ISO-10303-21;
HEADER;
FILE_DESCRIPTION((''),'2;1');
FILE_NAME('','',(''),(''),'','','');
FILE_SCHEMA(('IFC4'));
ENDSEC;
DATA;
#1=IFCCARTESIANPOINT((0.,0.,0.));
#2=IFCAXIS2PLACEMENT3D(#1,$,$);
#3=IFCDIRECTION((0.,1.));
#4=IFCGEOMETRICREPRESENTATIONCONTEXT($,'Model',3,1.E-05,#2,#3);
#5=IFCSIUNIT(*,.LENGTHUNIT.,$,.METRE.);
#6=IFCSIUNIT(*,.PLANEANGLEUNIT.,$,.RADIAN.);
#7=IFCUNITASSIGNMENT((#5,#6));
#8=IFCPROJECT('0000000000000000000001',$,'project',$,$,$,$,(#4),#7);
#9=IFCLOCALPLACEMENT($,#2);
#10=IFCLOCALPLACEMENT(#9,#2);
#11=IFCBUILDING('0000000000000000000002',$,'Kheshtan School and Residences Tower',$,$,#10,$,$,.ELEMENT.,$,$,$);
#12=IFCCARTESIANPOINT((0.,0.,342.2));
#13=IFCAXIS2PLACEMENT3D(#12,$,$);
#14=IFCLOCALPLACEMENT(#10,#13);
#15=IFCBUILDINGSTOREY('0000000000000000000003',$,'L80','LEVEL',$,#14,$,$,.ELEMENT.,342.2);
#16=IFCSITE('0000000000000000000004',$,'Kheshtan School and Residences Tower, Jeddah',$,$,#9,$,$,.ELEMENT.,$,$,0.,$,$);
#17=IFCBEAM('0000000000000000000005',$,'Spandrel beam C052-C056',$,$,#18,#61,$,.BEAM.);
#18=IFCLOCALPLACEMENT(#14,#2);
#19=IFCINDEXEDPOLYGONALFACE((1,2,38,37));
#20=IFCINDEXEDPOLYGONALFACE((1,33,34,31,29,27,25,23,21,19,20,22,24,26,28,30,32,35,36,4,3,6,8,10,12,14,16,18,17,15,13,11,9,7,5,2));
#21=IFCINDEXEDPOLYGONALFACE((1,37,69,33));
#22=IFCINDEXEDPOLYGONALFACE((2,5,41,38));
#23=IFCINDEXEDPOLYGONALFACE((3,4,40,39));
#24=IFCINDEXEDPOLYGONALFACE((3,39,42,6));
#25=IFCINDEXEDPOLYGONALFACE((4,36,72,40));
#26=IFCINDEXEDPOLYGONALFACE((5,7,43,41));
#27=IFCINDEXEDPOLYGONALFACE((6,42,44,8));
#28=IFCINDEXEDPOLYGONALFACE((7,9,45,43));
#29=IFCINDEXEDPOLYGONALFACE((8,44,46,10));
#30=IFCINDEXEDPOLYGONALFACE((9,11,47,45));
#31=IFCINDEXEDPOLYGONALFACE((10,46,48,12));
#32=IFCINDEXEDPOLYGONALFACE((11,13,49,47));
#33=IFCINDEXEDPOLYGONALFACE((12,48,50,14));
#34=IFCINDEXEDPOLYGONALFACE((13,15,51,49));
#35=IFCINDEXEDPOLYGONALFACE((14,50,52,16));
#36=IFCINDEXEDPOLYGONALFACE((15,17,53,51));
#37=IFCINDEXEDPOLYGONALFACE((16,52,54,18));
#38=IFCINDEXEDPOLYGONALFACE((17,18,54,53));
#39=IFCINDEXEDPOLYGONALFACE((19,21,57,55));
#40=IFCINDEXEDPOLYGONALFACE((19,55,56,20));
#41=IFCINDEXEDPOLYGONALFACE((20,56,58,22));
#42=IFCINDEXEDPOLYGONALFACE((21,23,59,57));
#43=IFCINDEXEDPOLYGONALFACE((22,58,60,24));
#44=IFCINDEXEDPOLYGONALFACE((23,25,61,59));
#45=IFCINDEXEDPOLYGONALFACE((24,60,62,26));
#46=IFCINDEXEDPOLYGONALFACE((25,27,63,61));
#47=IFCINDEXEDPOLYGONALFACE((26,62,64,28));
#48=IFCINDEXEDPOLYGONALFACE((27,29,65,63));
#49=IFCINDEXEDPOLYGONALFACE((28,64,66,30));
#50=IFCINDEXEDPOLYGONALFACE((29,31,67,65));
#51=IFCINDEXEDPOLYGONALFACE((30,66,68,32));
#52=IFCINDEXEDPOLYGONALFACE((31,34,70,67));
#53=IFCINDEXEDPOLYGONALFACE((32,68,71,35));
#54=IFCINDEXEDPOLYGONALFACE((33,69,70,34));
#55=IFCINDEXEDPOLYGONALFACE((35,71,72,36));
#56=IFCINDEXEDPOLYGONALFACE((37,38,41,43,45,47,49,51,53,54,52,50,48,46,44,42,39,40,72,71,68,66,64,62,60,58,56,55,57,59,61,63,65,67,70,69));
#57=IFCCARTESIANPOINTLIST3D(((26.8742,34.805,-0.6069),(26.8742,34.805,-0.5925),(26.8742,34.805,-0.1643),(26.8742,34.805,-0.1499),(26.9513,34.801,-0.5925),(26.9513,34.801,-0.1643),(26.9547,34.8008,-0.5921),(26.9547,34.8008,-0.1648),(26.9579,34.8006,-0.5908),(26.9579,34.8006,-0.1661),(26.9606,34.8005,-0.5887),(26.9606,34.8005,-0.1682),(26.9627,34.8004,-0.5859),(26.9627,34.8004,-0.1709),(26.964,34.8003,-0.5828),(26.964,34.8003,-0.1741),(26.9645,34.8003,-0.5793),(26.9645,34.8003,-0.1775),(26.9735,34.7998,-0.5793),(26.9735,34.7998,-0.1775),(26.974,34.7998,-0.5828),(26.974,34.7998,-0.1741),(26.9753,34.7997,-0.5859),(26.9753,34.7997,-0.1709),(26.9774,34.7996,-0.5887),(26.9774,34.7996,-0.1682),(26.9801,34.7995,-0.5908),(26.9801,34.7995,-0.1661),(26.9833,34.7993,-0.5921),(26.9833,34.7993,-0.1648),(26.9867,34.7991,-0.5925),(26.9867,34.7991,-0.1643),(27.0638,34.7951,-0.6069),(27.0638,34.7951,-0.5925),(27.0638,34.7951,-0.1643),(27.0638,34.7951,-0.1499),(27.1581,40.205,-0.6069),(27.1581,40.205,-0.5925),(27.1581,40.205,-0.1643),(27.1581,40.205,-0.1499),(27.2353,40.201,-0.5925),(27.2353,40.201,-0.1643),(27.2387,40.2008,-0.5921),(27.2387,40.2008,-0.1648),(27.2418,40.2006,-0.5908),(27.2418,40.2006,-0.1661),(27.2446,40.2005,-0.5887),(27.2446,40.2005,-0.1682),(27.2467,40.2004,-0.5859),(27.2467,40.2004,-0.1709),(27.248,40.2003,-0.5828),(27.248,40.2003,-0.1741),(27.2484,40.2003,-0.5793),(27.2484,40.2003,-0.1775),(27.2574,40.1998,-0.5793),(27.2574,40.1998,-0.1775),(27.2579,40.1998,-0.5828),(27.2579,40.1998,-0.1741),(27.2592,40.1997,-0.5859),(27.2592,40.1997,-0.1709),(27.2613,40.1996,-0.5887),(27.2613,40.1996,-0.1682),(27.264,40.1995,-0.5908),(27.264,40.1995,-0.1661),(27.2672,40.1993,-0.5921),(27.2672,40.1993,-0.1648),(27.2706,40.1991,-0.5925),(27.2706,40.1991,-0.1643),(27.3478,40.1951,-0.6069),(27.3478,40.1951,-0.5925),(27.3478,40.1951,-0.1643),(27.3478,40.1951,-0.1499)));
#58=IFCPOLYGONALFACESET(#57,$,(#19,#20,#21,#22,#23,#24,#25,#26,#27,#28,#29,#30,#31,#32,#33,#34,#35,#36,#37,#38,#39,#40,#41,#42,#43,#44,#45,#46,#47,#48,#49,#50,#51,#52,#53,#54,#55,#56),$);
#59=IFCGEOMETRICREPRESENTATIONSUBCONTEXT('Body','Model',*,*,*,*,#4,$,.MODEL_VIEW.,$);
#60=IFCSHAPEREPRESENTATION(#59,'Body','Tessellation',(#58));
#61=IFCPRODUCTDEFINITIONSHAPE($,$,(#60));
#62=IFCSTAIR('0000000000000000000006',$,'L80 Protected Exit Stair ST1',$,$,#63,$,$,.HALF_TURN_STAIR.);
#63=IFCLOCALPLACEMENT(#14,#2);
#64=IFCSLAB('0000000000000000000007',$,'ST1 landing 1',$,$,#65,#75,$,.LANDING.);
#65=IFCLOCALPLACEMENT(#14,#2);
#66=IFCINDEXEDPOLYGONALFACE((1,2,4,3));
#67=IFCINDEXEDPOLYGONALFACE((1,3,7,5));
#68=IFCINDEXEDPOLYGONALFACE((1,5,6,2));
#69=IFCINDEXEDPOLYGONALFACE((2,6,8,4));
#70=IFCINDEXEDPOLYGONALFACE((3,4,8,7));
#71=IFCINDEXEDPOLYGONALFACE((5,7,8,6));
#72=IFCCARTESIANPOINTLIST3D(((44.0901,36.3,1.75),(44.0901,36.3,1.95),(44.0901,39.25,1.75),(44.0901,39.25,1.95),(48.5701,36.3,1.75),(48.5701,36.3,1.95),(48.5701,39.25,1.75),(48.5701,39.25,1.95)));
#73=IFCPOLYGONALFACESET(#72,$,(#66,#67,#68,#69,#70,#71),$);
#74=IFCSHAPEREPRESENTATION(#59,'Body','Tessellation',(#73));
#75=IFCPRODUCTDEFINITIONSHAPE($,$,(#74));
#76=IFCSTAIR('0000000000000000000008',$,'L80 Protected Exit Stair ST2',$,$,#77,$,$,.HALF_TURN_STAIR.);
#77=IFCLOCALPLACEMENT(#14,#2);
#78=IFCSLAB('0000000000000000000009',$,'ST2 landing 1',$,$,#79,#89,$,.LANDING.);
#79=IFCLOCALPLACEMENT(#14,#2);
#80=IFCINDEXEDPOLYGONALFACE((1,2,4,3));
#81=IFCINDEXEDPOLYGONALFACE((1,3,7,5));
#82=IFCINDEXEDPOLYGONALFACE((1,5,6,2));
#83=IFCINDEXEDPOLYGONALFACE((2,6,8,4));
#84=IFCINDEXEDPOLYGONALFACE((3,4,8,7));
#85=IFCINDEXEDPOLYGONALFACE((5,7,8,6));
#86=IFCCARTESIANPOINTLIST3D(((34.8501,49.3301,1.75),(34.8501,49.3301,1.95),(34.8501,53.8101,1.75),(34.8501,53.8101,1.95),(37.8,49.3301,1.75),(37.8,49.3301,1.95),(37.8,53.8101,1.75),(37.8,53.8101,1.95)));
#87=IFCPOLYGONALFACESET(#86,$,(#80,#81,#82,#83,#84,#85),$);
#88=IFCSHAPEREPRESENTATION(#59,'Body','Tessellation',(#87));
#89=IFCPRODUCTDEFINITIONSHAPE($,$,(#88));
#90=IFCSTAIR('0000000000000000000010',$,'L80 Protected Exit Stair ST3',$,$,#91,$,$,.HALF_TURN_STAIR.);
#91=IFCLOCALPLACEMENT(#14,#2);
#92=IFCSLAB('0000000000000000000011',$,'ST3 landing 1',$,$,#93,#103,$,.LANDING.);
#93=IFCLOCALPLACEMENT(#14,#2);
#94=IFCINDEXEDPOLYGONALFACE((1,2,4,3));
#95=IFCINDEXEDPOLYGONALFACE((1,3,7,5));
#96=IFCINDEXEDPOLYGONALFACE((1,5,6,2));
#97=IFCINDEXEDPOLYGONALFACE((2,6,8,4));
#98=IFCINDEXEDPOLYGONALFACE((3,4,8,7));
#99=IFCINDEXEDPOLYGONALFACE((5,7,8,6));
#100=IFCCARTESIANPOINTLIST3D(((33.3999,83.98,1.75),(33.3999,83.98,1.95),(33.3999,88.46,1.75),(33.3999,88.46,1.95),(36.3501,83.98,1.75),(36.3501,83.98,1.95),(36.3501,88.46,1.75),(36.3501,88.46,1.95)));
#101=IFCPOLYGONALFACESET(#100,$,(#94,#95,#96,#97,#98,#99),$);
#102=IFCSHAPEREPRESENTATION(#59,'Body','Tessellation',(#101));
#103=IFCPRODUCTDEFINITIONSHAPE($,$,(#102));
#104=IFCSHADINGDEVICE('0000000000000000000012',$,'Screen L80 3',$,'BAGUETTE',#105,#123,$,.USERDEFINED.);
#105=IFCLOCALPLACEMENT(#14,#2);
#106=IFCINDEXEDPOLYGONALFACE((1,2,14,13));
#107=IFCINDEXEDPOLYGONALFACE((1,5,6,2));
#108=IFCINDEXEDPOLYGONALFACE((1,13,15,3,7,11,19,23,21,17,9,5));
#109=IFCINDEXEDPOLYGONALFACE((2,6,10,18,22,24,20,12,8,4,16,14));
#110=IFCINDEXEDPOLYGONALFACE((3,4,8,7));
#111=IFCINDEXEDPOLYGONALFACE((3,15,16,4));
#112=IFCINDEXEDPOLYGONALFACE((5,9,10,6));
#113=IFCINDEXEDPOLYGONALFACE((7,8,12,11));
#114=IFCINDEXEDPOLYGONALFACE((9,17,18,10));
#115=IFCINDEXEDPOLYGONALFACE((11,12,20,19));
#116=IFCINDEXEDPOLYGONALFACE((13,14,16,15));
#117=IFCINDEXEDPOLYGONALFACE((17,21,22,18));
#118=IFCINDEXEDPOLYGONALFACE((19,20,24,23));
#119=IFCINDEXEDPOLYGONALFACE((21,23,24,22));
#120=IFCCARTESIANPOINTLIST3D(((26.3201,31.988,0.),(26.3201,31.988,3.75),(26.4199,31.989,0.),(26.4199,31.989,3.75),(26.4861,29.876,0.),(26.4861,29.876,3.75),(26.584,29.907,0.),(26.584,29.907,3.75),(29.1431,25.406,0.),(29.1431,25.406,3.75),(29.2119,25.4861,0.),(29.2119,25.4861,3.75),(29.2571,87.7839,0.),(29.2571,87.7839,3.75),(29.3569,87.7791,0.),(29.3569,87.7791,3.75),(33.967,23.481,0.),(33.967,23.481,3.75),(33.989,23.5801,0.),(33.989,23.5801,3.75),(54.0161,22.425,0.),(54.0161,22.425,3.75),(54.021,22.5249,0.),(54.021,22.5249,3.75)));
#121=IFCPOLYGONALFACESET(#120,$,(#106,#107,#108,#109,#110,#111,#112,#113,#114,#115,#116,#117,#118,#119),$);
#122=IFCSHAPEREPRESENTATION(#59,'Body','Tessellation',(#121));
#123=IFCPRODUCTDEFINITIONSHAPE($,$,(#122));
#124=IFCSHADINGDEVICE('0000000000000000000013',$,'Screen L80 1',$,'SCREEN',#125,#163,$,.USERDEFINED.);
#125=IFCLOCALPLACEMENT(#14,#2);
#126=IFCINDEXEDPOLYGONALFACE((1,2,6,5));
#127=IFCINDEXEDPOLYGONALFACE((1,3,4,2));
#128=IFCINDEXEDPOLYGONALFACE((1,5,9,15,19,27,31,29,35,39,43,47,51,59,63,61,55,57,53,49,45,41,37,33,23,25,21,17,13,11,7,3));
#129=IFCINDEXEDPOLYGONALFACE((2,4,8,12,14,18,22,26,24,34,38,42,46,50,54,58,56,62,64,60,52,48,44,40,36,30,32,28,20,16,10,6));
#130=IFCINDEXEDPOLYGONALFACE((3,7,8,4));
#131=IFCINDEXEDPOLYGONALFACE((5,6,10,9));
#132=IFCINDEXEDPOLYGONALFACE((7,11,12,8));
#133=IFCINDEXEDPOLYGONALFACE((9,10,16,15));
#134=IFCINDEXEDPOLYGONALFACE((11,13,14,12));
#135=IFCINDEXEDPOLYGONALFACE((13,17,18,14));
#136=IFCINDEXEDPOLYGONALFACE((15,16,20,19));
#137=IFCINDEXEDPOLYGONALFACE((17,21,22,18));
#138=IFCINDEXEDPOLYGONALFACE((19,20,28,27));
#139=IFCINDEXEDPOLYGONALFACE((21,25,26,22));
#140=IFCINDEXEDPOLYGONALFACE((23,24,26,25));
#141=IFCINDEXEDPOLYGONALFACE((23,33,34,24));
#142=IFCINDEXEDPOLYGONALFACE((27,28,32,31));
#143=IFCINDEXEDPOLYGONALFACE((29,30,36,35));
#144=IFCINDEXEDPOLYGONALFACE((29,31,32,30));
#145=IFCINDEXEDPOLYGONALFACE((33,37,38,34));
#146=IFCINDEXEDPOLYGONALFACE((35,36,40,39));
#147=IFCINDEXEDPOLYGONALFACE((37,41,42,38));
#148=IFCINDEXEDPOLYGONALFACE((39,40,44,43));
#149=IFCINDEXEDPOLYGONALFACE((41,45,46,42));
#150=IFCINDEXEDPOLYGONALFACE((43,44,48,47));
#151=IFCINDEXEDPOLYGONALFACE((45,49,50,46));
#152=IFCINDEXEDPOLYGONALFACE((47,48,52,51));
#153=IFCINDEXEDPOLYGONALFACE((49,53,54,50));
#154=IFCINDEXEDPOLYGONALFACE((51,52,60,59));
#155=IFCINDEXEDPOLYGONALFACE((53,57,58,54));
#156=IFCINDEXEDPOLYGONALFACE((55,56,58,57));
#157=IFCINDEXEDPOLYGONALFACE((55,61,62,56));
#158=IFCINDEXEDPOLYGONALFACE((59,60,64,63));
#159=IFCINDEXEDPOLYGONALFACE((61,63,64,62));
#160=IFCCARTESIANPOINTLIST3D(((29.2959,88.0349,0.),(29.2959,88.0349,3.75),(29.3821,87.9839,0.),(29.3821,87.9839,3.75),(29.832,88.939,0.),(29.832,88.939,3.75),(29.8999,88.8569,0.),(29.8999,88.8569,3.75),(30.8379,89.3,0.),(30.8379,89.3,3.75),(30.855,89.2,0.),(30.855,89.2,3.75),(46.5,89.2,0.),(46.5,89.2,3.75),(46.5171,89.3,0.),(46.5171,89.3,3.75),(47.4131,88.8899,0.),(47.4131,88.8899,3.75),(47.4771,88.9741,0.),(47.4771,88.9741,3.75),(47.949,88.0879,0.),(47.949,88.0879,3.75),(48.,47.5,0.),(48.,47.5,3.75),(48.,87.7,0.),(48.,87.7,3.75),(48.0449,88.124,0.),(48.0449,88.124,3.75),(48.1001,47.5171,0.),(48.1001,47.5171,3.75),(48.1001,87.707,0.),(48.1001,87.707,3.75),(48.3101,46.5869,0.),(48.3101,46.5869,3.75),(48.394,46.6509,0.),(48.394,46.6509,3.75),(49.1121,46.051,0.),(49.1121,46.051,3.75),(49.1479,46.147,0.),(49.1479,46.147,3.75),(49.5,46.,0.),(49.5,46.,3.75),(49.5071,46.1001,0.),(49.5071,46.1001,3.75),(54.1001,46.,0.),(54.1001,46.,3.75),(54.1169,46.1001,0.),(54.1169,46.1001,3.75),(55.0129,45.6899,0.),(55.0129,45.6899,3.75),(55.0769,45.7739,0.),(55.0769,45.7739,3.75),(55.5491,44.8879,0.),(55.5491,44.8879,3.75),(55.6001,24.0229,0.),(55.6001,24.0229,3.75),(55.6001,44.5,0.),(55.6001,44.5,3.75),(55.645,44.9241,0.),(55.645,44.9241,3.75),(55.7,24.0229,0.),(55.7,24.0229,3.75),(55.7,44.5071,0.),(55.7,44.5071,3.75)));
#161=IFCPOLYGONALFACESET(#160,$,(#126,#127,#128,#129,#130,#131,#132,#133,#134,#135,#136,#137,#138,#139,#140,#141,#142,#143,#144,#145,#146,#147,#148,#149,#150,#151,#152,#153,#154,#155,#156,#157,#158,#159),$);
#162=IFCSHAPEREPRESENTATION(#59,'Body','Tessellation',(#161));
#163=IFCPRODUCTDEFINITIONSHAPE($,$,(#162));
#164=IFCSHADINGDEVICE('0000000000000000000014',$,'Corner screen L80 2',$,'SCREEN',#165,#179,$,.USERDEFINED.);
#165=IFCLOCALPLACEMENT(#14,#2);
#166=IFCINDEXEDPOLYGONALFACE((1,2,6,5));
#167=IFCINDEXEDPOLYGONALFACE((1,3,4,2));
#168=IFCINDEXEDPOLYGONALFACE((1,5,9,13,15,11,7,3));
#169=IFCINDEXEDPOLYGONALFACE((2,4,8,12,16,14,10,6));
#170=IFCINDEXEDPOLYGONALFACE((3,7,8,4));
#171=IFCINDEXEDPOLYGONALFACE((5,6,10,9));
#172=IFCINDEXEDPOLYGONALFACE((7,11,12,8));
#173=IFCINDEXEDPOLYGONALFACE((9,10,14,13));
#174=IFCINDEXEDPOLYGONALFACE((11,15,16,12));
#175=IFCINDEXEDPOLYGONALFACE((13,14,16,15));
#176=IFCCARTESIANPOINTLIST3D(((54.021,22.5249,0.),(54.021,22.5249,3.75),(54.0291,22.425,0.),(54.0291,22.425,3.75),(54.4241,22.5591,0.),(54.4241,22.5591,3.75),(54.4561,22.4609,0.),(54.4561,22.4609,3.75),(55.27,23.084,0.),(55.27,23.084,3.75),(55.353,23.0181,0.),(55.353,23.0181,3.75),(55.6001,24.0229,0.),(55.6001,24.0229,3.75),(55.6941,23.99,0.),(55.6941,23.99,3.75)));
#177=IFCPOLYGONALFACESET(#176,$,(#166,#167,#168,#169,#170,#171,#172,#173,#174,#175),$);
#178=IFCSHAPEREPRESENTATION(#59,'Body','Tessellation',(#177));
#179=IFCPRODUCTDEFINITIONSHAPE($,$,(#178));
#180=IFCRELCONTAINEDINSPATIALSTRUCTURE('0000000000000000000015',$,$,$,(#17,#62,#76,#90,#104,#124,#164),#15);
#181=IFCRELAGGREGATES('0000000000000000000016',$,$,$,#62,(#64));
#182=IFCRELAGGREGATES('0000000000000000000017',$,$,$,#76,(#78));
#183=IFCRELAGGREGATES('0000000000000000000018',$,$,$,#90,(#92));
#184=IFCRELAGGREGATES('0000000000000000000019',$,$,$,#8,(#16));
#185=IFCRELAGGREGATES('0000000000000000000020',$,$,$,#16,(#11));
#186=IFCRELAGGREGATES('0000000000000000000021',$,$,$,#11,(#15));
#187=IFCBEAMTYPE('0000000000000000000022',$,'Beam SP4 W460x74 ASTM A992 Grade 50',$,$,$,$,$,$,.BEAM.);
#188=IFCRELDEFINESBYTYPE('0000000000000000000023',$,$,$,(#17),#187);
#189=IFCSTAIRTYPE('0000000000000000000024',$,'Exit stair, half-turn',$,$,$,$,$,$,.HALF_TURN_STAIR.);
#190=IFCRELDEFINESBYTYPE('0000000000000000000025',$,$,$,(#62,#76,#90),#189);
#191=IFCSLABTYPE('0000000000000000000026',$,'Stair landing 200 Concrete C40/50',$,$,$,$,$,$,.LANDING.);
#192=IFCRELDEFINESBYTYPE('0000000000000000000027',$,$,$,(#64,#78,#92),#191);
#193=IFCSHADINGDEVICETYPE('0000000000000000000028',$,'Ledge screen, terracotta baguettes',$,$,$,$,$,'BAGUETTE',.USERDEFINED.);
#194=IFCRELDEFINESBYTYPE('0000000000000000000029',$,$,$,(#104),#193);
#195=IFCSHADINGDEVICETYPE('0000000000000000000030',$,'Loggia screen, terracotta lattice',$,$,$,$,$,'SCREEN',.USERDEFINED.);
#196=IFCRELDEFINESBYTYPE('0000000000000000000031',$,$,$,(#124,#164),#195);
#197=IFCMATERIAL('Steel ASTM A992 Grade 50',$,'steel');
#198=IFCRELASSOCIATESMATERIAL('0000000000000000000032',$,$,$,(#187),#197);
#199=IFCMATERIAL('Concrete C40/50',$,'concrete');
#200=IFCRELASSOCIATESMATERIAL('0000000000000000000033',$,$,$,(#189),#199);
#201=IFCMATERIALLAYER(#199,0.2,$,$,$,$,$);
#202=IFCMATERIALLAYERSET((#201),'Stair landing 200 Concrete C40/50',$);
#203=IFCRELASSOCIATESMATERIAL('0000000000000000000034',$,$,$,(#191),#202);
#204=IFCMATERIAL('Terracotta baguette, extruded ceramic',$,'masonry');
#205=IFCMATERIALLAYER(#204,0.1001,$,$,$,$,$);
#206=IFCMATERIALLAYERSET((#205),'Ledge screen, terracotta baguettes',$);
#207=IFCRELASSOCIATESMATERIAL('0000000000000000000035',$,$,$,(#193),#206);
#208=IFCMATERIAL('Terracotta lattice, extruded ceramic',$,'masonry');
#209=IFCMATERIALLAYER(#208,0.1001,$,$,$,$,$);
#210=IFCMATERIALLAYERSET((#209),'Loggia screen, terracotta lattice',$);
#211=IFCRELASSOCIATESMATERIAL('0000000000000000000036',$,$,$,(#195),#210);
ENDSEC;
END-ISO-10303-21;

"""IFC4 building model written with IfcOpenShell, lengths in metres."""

from ifc_helpers import new_model, si_unit, direction, frame, origin, origin_2d, place, context, subcontext, project, spatial, polyline, i_section, outline, extrude, material, layer, layer_set, material_profile, profile_set, type_object, element, aggregate, save


model = new_model("IFC4")

# Units and contexts
model_context = context("Model", 3, precision=1e-05, world=origin(), true_north=direction((0.0, 1.0)))
body_context = subcontext(model_context, "Body", "Model", "MODEL_VIEW")
ifc_project = project(units=[si_unit("LENGTHUNIT", "METRE"), si_unit("PLANEANGLEUNIT", "RADIAN")], contexts=[model_context])

# Site, building, storey
site_placement = place(None, origin())
site = spatial("IfcSite", under=ifc_project, at=site_placement, Name="Kheshtan School and Residences Tower, Jeddah", CompositionType="ELEMENT", RefElevation=0.0)
building_placement = place(site_placement, origin())
building = spatial("IfcBuilding", under=site, at=building_placement, Name="Kheshtan School and Residences Tower", CompositionType="ELEMENT")
storey_placement = place(building_placement, frame((0.0, 0.0, 342.2)))
storey = spatial("IfcBuildingStorey", under=building, at=storey_placement, Name="L80", Description="LEVEL", CompositionType="ELEMENT", Elevation=342.2)

# Shared definitions
ifc_material_1 = material(Name="Steel ASTM A992 Grade 50", Category="steel")

# Beam
ifc_material_profile_1 = material_profile(ifc_material_1, i_section(OverallWidth=0.1899, OverallDepth=0.457, WebThickness=0.009, FlangeThickness=0.0144, FilletRadius=0.0132, at=origin_2d()), Name="W460x74")
ifc_profile_set_1 = profile_set([ifc_material_profile_1], Name="Steel ASTM A992 Grade 50")
beam_type_1 = type_object("IfcBeamType", Name="Beam SP4 W460x74 ASTM A992 Grade 50", PredefinedType="BEAM", material=ifc_profile_set_1)
beam_1_placement = place(storey_placement, frame((26.969, 34.8, -0.3784), z_axis=(0.052509, 0.99862, 0.0), x_axis=(-0.99862, 0.052509, 0.0)))
element("IfcBeam", 1, at=beam_1_placement, inside=storey, type_object=beam_type_1, Name="Spandrel beam C052-C056", PredefinedType="BEAM", context=body_context, shape_type="SweptSolid", body=[
    extrude(i_section(OverallWidth=0.1899, OverallDepth=0.457, WebThickness=0.009, FlangeThickness=0.0144, FilletRadius=0.0132, at=origin_2d()), origin(), (0.0, 0.0, 1.0), 5.4075),
])

# Shared definitions
ifc_material_2 = material(Name="Concrete C40/50", Category="concrete")

# Stairs, slabs
stair_type = type_object("IfcStairType", Name="Exit stair, half-turn", PredefinedType="HALF_TURN_STAIR", material=ifc_material_2)
stair_1_placement = place(storey_placement, origin())
stair_1 = element("IfcStair", 2, at=stair_1_placement, inside=storey, type_object=stair_type, Name="L80 Protected Exit Stair ST1", PredefinedType="HALF_TURN_STAIR")
ifc_layer_1 = layer(ifc_material_2, 0.2)
ifc_layer_set_1 = layer_set([ifc_layer_1], Name="Stair landing 200 Concrete C40/50")
slab_type_1 = type_object("IfcSlabType", Name="Stair landing 200 Concrete C40/50", PredefinedType="LANDING", material=ifc_layer_set_1)
slab_1_placement = place(storey_placement, frame((0.0, 0.0, 1.75)))
slab_1 = element("IfcSlab", 3, at=slab_1_placement, type_object=slab_type_1, Name="ST1 landing 1", PredefinedType="LANDING", context=body_context, shape_type="SweptSolid", body=[
    extrude(outline(polyline([(48.5701, 39.25), (44.0901, 39.25), (44.0901, 36.3), (48.5701, 36.3), (48.5701, 39.25)])), origin(), (0.0, 0.0, 1.0), 0.2),
])
aggregate(stair_1, [slab_1])
stair_2_placement = place(storey_placement, origin())
stair_2 = element("IfcStair", 4, at=stair_2_placement, inside=storey, type_object=stair_type, Name="L80 Protected Exit Stair ST2", PredefinedType="HALF_TURN_STAIR")
slab_2_placement = place(storey_placement, frame((0.0, 0.0, 1.75)))
slab_2 = element("IfcSlab", 5, at=slab_2_placement, type_object=slab_type_1, Name="ST2 landing 1", PredefinedType="LANDING", context=body_context, shape_type="SweptSolid", body=[
    extrude(outline(polyline([(37.8, 49.3301), (37.8, 53.8101), (34.8501, 53.8101), (34.8501, 49.3301), (37.8, 49.3301)])), origin(), (0.0, 0.0, 1.0), 0.2),
])
aggregate(stair_2, [slab_2])
stair_3_placement = place(storey_placement, origin())
stair_3 = element("IfcStair", 6, at=stair_3_placement, inside=storey, type_object=stair_type, Name="L80 Protected Exit Stair ST3", PredefinedType="HALF_TURN_STAIR")
slab_3_placement = place(storey_placement, frame((0.0, 0.0, 1.75)))
slab_3 = element("IfcSlab", 7, at=slab_3_placement, type_object=slab_type_1, Name="ST3 landing 1", PredefinedType="LANDING", context=body_context, shape_type="SweptSolid", body=[
    extrude(outline(polyline([(36.3501, 83.98), (36.3501, 88.46), (33.3999, 88.46), (33.3999, 83.98), (36.3501, 83.98)])), origin(), (0.0, 0.0, 1.0), 0.2),
])
aggregate(stair_3, [slab_3])

# Shading devices
ifc_material_3 = material(Name="Terracotta baguette, extruded ceramic", Category="masonry")
ifc_layer_2 = layer(ifc_material_3, 0.1001)
ifc_layer_set_2 = layer_set([ifc_layer_2], Name="Ledge screen, terracotta baguettes")
shading_device_type_1 = type_object("IfcShadingDeviceType", Name="Ledge screen, terracotta baguettes", ElementType="BAGUETTE", PredefinedType="USERDEFINED", material=ifc_layer_set_2)
shading_device_1_placement = place(storey_placement, origin())
element("IfcShadingDevice", 8, at=shading_device_1_placement, inside=storey, type_object=shading_device_type_1, Name="Screen L80 3", ObjectType="BAGUETTE", PredefinedType="USERDEFINED", context=body_context, shape_type="SweptSolid", body=[
    extrude(outline(polyline([(54.021, 22.5249), (33.989, 23.5801), (29.2119, 25.4861), (26.584, 29.907), (26.4199, 31.989), (29.3569, 87.7791), (29.2571, 87.7839), (26.3201, 31.988), (26.4861, 29.876), (29.1431, 25.406), (33.967, 23.481), (54.0161, 22.425), (54.021, 22.5249)])), origin(), (0.0, 0.0, 1.0), 3.75),
])
ifc_material_4 = material(Name="Terracotta lattice, extruded ceramic", Category="masonry")
ifc_layer_3 = layer(ifc_material_4, 0.1001)
ifc_layer_set_3 = layer_set([ifc_layer_3], Name="Loggia screen, terracotta lattice")
shading_device_type_2 = type_object("IfcShadingDeviceType", Name="Loggia screen, terracotta lattice", ElementType="SCREEN", PredefinedType="USERDEFINED", material=ifc_layer_set_3)
shading_device_2_placement = place(storey_placement, origin())
element("IfcShadingDevice", 9, at=shading_device_2_placement, inside=storey, type_object=shading_device_type_2, Name="Screen L80 1", ObjectType="SCREEN", PredefinedType="USERDEFINED", context=body_context, shape_type="SweptSolid", body=[
    extrude(outline(polyline([(29.3821, 87.9839), (29.8999, 88.8569), (30.855, 89.2), (46.5, 89.2), (47.4131, 88.8899), (47.949, 88.0879), (48.0, 87.7), (48.0, 47.5), (48.3101, 46.5869), (49.1121, 46.051), (49.5, 46.0), (54.1001, 46.0), (55.0129, 45.6899), (55.5491, 44.8879), (55.6001, 44.5), (55.6001, 24.0229), (55.7, 24.0229), (55.7, 44.5071), (55.645, 44.9241), (55.0769, 45.7739), (54.1169, 46.1001), (49.5071, 46.1001), (49.1479, 46.147), (48.394, 46.6509), (48.1001, 47.5171), (48.1001, 87.707), (48.0449, 88.124), (47.4771, 88.9741), (46.5171, 89.3), (30.8379, 89.3), (29.832, 88.939), (29.2959, 88.0349), (29.3821, 87.9839)])), origin(), (0.0, 0.0, 1.0), 3.75),
])
shading_device_3_placement = place(storey_placement, origin())
element("IfcShadingDevice", 10, at=shading_device_3_placement, inside=storey, type_object=shading_device_type_2, Name="Corner screen L80 2", ObjectType="SCREEN", PredefinedType="USERDEFINED", context=body_context, shape_type="SweptSolid", body=[
    extrude(outline(polyline([(55.6001, 24.0229), (55.27, 23.084), (54.4241, 22.5591), (54.021, 22.5249), (54.0291, 22.425), (54.4561, 22.4609), (55.353, 23.0181), (55.6941, 23.99), (55.6001, 24.0229)])), origin(), (0.0, 0.0, 1.0), 3.75),
])

save(model, "model.ifc")
